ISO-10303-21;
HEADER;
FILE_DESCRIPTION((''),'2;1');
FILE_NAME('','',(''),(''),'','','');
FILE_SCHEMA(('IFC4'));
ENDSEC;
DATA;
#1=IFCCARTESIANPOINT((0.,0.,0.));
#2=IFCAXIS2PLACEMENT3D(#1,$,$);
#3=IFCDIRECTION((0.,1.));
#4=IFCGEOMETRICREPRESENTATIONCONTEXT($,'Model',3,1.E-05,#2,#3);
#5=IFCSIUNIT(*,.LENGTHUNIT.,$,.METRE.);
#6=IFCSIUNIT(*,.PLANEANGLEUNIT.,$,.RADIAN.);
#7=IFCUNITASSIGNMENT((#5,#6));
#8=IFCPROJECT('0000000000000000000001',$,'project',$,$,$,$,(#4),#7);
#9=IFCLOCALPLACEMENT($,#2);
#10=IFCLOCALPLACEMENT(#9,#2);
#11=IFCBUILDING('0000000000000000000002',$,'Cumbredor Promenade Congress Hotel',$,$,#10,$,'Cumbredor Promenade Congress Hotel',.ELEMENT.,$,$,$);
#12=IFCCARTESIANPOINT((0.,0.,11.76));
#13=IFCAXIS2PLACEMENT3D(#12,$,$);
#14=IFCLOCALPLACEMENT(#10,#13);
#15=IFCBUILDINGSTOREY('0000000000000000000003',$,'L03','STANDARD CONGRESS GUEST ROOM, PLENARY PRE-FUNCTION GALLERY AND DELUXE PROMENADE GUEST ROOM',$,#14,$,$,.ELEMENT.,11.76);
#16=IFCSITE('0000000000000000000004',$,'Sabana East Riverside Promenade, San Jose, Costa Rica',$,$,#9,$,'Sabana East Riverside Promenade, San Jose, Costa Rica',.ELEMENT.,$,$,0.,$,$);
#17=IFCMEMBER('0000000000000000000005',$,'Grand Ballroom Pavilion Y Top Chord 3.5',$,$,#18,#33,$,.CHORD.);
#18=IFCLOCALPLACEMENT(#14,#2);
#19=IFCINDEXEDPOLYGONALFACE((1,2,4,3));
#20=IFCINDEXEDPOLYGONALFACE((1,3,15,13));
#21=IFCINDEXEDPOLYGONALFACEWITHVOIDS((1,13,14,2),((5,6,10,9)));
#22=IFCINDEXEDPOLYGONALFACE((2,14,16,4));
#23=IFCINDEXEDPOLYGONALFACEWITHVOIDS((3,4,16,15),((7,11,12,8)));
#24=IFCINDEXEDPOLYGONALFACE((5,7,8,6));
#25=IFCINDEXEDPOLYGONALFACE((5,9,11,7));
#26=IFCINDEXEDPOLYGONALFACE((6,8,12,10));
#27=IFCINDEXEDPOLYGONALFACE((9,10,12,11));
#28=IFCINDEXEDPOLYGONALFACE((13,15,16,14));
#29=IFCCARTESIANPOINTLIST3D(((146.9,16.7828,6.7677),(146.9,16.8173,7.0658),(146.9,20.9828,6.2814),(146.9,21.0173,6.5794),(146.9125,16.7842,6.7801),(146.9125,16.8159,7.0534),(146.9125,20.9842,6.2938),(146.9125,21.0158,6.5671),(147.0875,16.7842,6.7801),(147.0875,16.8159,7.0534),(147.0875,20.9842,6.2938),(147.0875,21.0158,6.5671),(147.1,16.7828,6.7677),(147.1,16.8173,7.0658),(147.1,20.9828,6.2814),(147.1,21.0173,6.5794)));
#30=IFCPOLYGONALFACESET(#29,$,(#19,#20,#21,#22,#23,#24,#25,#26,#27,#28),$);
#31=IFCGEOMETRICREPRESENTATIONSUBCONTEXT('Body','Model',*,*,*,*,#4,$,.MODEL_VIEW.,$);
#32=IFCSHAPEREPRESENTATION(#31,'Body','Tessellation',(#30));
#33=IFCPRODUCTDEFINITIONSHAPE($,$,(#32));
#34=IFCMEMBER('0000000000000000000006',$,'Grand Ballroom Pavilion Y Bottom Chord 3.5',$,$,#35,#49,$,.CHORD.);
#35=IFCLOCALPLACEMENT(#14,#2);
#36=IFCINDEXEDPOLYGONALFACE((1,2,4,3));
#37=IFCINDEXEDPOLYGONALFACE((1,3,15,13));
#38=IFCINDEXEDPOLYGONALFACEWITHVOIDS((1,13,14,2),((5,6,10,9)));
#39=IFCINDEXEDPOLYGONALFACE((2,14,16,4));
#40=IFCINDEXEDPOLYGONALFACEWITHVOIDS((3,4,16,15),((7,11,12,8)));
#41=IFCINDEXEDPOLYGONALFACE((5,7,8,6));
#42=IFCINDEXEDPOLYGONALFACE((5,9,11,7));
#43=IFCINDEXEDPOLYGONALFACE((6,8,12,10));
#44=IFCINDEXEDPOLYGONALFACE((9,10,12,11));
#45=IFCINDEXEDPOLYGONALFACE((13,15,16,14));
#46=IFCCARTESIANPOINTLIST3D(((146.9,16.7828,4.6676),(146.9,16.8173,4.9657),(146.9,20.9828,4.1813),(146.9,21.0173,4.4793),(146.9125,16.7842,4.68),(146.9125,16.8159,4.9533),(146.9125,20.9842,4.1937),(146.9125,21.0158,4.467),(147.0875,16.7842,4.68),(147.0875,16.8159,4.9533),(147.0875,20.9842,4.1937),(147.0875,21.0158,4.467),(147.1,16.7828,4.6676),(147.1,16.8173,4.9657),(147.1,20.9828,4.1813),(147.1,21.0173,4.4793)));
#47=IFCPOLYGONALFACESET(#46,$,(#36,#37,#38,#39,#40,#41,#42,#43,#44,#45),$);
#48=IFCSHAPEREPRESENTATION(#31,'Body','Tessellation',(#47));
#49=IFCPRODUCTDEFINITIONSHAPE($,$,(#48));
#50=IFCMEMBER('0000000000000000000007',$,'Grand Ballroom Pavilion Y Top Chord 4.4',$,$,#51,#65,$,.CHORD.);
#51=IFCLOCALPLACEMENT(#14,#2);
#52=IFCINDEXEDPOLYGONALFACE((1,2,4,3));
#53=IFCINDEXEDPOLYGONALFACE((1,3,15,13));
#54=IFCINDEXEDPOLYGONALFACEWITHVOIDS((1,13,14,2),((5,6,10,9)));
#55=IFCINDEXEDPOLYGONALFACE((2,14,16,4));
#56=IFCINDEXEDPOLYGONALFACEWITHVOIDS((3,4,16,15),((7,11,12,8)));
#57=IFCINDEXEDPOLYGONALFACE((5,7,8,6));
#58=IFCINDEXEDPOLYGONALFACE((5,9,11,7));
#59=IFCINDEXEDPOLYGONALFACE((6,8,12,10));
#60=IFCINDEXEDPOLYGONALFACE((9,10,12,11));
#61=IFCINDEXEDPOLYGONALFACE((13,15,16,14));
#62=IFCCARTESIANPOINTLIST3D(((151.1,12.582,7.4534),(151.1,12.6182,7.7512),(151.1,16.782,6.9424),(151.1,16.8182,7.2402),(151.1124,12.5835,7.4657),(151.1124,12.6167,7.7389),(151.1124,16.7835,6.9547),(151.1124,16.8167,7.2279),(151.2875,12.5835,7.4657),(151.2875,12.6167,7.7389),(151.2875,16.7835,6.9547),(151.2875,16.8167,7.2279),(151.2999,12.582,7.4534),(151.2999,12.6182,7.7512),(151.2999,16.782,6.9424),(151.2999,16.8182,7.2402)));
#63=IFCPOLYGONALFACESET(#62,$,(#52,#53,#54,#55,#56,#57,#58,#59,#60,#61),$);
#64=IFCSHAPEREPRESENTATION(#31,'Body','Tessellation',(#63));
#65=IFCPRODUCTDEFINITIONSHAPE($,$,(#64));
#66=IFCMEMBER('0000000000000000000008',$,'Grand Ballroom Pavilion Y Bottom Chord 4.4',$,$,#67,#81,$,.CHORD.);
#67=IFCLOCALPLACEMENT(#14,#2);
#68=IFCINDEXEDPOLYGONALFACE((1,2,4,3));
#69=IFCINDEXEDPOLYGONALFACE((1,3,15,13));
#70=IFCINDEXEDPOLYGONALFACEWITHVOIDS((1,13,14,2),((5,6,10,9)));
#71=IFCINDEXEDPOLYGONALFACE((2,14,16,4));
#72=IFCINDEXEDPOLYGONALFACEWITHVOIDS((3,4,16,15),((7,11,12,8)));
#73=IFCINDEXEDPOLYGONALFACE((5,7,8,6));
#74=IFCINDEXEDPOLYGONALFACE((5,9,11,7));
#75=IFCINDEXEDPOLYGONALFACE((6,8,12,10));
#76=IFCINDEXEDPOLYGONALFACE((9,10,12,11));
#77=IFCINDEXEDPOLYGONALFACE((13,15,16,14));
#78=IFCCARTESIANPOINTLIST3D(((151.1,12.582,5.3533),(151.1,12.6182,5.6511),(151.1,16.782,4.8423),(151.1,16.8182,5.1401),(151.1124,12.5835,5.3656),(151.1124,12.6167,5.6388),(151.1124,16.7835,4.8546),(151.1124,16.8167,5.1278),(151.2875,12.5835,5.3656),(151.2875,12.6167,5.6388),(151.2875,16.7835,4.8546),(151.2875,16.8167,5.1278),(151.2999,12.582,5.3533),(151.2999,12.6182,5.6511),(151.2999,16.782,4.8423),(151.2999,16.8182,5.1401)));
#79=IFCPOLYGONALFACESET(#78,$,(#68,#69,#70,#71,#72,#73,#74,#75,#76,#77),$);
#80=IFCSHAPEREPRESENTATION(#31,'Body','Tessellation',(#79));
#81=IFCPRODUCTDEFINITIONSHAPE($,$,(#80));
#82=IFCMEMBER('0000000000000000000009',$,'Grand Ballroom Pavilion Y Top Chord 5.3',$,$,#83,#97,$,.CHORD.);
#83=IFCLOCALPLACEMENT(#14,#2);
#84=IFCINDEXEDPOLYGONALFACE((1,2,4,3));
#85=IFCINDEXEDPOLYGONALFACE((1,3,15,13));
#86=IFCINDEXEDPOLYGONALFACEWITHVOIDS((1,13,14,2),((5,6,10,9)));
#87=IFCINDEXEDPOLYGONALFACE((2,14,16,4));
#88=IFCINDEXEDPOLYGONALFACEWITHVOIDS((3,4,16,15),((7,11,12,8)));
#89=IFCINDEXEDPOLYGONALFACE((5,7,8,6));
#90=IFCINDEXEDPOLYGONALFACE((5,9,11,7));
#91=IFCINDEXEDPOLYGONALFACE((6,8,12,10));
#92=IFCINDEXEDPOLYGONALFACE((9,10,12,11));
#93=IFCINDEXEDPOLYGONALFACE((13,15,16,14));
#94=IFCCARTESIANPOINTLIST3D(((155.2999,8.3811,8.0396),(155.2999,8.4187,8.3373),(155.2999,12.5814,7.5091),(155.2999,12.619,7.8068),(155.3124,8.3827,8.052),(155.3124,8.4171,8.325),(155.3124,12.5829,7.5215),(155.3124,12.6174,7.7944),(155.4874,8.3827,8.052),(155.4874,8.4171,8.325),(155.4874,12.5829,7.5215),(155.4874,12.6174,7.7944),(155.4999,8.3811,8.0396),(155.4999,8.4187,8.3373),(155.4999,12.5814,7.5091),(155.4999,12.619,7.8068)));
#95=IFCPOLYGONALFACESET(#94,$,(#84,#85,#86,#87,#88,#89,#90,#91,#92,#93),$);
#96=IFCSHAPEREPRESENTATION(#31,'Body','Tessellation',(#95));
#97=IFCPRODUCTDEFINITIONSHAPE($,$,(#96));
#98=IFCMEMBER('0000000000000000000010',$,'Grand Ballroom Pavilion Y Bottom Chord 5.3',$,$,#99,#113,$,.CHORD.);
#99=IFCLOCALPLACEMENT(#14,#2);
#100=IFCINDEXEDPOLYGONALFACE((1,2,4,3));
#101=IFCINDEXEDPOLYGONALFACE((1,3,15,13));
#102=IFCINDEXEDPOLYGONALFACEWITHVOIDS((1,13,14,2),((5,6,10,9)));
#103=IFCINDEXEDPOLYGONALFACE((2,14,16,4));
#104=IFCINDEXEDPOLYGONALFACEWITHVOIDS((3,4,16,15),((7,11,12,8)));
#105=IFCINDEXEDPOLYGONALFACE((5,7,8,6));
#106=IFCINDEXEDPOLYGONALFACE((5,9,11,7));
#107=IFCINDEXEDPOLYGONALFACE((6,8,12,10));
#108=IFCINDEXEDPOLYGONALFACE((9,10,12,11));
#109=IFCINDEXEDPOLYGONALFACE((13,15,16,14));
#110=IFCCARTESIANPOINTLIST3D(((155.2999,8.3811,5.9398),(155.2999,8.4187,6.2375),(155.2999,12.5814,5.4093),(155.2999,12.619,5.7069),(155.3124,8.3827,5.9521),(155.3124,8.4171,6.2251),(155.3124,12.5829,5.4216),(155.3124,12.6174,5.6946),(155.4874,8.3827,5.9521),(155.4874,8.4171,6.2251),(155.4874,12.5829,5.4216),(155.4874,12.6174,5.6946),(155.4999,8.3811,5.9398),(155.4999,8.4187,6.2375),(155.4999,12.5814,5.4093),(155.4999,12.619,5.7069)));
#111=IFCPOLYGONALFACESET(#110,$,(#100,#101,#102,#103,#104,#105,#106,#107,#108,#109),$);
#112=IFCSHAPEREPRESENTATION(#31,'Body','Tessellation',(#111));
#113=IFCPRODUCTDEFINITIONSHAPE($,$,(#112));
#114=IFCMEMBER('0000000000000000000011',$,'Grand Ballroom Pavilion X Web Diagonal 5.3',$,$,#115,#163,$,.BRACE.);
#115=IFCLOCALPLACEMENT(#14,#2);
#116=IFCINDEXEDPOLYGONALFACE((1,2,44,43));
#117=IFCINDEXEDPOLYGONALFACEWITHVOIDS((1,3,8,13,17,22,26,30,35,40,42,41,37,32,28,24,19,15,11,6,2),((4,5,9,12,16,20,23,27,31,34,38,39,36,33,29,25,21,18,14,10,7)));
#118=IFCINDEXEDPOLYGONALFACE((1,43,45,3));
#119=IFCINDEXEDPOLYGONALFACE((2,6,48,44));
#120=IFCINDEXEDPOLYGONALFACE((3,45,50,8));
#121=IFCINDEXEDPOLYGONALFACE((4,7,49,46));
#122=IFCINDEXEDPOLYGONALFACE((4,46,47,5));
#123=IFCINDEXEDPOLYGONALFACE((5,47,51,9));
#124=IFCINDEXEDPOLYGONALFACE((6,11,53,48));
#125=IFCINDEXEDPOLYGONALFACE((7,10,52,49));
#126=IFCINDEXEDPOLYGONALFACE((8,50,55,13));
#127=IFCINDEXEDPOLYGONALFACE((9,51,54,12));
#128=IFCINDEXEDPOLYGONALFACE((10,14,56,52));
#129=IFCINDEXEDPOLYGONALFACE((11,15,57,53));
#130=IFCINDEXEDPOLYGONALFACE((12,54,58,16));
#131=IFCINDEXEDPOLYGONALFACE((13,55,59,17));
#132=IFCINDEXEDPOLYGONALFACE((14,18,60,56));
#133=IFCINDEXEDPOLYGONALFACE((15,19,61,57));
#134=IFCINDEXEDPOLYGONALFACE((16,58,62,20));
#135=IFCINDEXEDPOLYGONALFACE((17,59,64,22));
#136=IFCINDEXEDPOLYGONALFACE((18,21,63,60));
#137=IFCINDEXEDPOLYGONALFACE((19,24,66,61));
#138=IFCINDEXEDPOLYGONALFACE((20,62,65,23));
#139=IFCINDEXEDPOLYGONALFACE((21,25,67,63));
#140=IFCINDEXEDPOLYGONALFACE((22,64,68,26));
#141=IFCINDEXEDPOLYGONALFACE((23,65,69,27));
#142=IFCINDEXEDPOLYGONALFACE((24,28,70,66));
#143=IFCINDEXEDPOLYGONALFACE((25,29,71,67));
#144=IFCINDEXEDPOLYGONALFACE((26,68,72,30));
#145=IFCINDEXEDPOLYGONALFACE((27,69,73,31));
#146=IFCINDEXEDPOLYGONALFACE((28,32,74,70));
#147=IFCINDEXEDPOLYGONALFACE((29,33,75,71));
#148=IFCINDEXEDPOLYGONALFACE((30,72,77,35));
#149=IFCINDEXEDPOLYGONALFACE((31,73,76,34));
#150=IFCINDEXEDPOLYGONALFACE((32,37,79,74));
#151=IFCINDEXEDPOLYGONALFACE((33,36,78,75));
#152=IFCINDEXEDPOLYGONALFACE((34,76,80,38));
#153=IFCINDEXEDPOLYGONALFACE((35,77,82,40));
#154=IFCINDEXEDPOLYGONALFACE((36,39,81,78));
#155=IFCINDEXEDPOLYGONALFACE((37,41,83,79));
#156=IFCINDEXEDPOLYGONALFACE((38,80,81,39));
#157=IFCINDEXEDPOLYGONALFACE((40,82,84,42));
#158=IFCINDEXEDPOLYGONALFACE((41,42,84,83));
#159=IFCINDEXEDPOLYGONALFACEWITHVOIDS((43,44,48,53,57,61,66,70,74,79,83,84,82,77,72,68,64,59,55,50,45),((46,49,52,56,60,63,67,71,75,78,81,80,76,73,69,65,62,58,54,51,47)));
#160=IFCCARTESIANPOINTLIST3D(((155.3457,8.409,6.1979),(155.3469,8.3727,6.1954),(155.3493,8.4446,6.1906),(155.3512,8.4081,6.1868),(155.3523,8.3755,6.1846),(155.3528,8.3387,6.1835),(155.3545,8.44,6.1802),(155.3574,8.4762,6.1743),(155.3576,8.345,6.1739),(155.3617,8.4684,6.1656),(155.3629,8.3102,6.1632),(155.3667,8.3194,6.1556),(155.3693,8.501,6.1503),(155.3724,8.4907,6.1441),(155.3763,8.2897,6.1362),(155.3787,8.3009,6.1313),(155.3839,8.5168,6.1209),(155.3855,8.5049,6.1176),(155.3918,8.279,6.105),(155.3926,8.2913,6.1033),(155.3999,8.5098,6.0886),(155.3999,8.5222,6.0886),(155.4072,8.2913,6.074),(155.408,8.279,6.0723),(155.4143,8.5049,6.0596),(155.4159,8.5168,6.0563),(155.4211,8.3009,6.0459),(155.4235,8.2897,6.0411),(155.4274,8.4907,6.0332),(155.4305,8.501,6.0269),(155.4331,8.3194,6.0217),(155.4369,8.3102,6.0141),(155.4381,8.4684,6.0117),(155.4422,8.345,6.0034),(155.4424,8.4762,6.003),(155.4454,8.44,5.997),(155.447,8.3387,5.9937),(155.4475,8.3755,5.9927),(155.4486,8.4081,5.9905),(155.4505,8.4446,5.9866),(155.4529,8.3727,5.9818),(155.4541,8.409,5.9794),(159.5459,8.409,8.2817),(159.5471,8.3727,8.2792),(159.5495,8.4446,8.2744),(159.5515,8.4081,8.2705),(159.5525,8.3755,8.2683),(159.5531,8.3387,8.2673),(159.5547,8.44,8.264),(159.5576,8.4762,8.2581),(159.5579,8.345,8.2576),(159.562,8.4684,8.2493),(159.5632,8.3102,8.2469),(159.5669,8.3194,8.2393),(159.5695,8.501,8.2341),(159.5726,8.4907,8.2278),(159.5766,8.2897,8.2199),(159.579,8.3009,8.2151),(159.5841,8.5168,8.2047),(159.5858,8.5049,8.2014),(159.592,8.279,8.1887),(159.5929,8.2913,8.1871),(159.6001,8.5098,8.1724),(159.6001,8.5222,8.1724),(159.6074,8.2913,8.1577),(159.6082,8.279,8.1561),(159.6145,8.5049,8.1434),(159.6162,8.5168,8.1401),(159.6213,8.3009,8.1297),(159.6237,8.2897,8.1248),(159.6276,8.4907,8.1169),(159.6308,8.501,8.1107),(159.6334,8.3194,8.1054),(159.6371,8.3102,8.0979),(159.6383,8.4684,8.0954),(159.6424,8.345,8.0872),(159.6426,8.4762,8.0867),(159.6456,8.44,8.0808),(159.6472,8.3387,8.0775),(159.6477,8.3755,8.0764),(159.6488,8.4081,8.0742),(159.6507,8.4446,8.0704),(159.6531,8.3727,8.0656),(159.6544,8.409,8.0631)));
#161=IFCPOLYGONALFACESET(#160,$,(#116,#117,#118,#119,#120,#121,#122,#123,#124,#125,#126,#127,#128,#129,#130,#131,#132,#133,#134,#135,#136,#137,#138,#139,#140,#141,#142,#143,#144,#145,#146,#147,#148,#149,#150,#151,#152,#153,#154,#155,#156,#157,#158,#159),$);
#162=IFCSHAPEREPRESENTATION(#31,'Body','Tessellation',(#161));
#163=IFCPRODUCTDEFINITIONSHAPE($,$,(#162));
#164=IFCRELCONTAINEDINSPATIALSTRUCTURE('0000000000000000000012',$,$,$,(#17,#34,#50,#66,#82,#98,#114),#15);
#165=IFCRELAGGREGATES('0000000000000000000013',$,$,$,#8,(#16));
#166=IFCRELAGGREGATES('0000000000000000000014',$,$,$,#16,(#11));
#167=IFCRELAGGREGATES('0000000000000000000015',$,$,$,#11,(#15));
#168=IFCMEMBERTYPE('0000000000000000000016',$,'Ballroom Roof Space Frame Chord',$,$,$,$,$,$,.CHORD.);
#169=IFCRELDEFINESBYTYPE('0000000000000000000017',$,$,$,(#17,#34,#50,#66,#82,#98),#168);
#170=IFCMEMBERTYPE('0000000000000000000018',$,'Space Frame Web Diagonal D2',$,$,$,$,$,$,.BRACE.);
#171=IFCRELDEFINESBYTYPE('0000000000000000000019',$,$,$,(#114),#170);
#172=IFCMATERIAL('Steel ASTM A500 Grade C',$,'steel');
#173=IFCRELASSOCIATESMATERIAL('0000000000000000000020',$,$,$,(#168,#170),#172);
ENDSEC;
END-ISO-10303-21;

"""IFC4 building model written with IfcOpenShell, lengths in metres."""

from ifc_helpers import new_model, si_unit, direction, frame, origin, origin_2d, place, context, subcontext, project, spatial, hollow_rectangle, hollow_circle, extrude, material, material_profile, profile_set, type_object, element, save


model = new_model("IFC4")

# Units and contexts
model_context = context("Model", 3, precision=1e-05, world=origin(), true_north=direction((0.0, 1.0)))
body_context = subcontext(model_context, "Body", "Model", "MODEL_VIEW")
ifc_project = project(units=[si_unit("LENGTHUNIT", "METRE"), si_unit("PLANEANGLEUNIT", "RADIAN")], contexts=[model_context])

# Site, building, storey
site_placement = place(None, origin())
site = spatial("IfcSite", under=ifc_project, at=site_placement, Name="Sabana East Riverside Promenade, San Jose, Costa Rica", LongName="Sabana East Riverside Promenade, San Jose, Costa Rica", CompositionType="ELEMENT", RefElevation=0.0)
building_placement = place(site_placement, origin())
building = spatial("IfcBuilding", under=site, at=building_placement, Name="Cumbredor Promenade Congress Hotel", LongName="Cumbredor Promenade Congress Hotel", CompositionType="ELEMENT")
storey_placement = place(building_placement, frame((0.0, 0.0, 11.76)))
storey = spatial("IfcBuildingStorey", under=building, at=storey_placement, Name="L03", Description="STANDARD CONGRESS GUEST ROOM, PLENARY PRE-FUNCTION GALLERY AND DELUXE PROMENADE GUEST ROOM", CompositionType="ELEMENT", Elevation=11.76)

# Members
ifc_material_1 = material(Name="Steel ASTM A500 Grade C", Category="steel")
ifc_material_profile_1 = material_profile(ifc_material_1, hollow_rectangle(XDim=0.2, YDim=0.3, WallThickness=0.0125, at=origin_2d()), Name="HSS 300x200x12.5")
ifc_profile_set_1 = profile_set([ifc_material_profile_1], Name="Steel ASTM A500 Grade C")
member_type_1 = type_object("IfcMemberType", Name="Ballroom Roof Space Frame Chord", PredefinedType="CHORD", material=ifc_profile_set_1)
for number, where, z_axis, x_axis, name in (
    (1, (147.0, 16.8, 6.9167), (0.0, 0.993363, -0.115025), (-1.0, 0.0, 0.0), "Grand Ballroom Pavilion Y Top Chord 3.5"),
    (2, (147.0, 16.8, 4.8167), (0.0, 0.993363, -0.115025), (-1.0, 0.0, 0.0), "Grand Ballroom Pavilion Y Bottom Chord 3.5"),
):
    element("IfcMember", number, at=place(storey_placement, frame(where, z_axis=z_axis, x_axis=x_axis)), inside=storey, type_object=member_type_1, Name=name, PredefinedType="CHORD", context=body_context, shape_type="SweptSolid", body=[
        extrude(hollow_rectangle(XDim=0.2, YDim=0.3, WallThickness=0.0125, at=origin_2d()), origin(), (0.0, 0.0, 1.0), 4.228),
    ])
for number, where, z_axis, x_axis, name in (
    (3, (151.2, 12.6001, 7.6023), (0.0, 0.99268, -0.120774), (-1.0, 0.0, 0.0), "Grand Ballroom Pavilion Y Top Chord 4.4"),
    (4, (151.2, 12.6001, 5.5022), (0.0, 0.99268, -0.120774), (-1.0, 0.0, 0.0), "Grand Ballroom Pavilion Y Bottom Chord 4.4"),
):
    element("IfcMember", number, at=place(storey_placement, frame(where, z_axis=z_axis, x_axis=x_axis)), inside=storey, type_object=member_type_1, Name=name, PredefinedType="CHORD", context=body_context, shape_type="SweptSolid", body=[
        extrude(hollow_rectangle(XDim=0.2, YDim=0.3, WallThickness=0.0125, at=origin_2d()), origin(), (0.0, 0.0, 1.0), 4.231),
    ])
for number, where, z_axis, x_axis, name in (
    (5, (155.3999, 8.3999, 8.1885), (0.0, 0.992117, -0.125312), (-1.0, 0.0, 0.0), "Grand Ballroom Pavilion Y Top Chord 5.3"),
    (6, (155.3999, 8.3999, 6.0886), (0.0, 0.992117, -0.125312), (-1.0, 0.0, 0.0), "Grand Ballroom Pavilion Y Bottom Chord 5.3"),
):
    element("IfcMember", number, at=place(storey_placement, frame(where, z_axis=z_axis, x_axis=x_axis)), inside=storey, type_object=member_type_1, Name=name, PredefinedType="CHORD", context=body_context, shape_type="SweptSolid", body=[
        extrude(hollow_rectangle(XDim=0.2, YDim=0.3, WallThickness=0.0125, at=origin_2d()), origin(), (0.0, 0.0, 1.0), 4.2336),
    ])
ifc_material_profile_2 = material_profile(ifc_material_1, hollow_circle(Radius=0.1223, WallThickness=0.0125, at=origin_2d()), Name="CHS 244.5x12.5")
ifc_profile_set_2 = profile_set([ifc_material_profile_2], Name="Steel ASTM A500 Grade C")
member_type_2 = type_object("IfcMemberType", Name="Space Frame Web Diagonal D2", PredefinedType="BRACE", material=ifc_profile_set_2)
member_1_placement = place(storey_placement, frame((155.3999, 8.3999, 6.0886), z_axis=(0.895818, 0.0, 0.44442), x_axis=(0.0, 1.0, 0.0)))
element("IfcMember", 7, at=member_1_placement, inside=storey, type_object=member_type_2, Name="Grand Ballroom Pavilion X Web Diagonal 5.3", PredefinedType="BRACE", context=body_context, shape_type="SweptSolid", body=[
    extrude(hollow_circle(Radius=0.1223, WallThickness=0.0125, at=origin_2d()), origin(), (0.0, 0.0, 1.0), 4.6887),
])

save(model, "model.ifc")
